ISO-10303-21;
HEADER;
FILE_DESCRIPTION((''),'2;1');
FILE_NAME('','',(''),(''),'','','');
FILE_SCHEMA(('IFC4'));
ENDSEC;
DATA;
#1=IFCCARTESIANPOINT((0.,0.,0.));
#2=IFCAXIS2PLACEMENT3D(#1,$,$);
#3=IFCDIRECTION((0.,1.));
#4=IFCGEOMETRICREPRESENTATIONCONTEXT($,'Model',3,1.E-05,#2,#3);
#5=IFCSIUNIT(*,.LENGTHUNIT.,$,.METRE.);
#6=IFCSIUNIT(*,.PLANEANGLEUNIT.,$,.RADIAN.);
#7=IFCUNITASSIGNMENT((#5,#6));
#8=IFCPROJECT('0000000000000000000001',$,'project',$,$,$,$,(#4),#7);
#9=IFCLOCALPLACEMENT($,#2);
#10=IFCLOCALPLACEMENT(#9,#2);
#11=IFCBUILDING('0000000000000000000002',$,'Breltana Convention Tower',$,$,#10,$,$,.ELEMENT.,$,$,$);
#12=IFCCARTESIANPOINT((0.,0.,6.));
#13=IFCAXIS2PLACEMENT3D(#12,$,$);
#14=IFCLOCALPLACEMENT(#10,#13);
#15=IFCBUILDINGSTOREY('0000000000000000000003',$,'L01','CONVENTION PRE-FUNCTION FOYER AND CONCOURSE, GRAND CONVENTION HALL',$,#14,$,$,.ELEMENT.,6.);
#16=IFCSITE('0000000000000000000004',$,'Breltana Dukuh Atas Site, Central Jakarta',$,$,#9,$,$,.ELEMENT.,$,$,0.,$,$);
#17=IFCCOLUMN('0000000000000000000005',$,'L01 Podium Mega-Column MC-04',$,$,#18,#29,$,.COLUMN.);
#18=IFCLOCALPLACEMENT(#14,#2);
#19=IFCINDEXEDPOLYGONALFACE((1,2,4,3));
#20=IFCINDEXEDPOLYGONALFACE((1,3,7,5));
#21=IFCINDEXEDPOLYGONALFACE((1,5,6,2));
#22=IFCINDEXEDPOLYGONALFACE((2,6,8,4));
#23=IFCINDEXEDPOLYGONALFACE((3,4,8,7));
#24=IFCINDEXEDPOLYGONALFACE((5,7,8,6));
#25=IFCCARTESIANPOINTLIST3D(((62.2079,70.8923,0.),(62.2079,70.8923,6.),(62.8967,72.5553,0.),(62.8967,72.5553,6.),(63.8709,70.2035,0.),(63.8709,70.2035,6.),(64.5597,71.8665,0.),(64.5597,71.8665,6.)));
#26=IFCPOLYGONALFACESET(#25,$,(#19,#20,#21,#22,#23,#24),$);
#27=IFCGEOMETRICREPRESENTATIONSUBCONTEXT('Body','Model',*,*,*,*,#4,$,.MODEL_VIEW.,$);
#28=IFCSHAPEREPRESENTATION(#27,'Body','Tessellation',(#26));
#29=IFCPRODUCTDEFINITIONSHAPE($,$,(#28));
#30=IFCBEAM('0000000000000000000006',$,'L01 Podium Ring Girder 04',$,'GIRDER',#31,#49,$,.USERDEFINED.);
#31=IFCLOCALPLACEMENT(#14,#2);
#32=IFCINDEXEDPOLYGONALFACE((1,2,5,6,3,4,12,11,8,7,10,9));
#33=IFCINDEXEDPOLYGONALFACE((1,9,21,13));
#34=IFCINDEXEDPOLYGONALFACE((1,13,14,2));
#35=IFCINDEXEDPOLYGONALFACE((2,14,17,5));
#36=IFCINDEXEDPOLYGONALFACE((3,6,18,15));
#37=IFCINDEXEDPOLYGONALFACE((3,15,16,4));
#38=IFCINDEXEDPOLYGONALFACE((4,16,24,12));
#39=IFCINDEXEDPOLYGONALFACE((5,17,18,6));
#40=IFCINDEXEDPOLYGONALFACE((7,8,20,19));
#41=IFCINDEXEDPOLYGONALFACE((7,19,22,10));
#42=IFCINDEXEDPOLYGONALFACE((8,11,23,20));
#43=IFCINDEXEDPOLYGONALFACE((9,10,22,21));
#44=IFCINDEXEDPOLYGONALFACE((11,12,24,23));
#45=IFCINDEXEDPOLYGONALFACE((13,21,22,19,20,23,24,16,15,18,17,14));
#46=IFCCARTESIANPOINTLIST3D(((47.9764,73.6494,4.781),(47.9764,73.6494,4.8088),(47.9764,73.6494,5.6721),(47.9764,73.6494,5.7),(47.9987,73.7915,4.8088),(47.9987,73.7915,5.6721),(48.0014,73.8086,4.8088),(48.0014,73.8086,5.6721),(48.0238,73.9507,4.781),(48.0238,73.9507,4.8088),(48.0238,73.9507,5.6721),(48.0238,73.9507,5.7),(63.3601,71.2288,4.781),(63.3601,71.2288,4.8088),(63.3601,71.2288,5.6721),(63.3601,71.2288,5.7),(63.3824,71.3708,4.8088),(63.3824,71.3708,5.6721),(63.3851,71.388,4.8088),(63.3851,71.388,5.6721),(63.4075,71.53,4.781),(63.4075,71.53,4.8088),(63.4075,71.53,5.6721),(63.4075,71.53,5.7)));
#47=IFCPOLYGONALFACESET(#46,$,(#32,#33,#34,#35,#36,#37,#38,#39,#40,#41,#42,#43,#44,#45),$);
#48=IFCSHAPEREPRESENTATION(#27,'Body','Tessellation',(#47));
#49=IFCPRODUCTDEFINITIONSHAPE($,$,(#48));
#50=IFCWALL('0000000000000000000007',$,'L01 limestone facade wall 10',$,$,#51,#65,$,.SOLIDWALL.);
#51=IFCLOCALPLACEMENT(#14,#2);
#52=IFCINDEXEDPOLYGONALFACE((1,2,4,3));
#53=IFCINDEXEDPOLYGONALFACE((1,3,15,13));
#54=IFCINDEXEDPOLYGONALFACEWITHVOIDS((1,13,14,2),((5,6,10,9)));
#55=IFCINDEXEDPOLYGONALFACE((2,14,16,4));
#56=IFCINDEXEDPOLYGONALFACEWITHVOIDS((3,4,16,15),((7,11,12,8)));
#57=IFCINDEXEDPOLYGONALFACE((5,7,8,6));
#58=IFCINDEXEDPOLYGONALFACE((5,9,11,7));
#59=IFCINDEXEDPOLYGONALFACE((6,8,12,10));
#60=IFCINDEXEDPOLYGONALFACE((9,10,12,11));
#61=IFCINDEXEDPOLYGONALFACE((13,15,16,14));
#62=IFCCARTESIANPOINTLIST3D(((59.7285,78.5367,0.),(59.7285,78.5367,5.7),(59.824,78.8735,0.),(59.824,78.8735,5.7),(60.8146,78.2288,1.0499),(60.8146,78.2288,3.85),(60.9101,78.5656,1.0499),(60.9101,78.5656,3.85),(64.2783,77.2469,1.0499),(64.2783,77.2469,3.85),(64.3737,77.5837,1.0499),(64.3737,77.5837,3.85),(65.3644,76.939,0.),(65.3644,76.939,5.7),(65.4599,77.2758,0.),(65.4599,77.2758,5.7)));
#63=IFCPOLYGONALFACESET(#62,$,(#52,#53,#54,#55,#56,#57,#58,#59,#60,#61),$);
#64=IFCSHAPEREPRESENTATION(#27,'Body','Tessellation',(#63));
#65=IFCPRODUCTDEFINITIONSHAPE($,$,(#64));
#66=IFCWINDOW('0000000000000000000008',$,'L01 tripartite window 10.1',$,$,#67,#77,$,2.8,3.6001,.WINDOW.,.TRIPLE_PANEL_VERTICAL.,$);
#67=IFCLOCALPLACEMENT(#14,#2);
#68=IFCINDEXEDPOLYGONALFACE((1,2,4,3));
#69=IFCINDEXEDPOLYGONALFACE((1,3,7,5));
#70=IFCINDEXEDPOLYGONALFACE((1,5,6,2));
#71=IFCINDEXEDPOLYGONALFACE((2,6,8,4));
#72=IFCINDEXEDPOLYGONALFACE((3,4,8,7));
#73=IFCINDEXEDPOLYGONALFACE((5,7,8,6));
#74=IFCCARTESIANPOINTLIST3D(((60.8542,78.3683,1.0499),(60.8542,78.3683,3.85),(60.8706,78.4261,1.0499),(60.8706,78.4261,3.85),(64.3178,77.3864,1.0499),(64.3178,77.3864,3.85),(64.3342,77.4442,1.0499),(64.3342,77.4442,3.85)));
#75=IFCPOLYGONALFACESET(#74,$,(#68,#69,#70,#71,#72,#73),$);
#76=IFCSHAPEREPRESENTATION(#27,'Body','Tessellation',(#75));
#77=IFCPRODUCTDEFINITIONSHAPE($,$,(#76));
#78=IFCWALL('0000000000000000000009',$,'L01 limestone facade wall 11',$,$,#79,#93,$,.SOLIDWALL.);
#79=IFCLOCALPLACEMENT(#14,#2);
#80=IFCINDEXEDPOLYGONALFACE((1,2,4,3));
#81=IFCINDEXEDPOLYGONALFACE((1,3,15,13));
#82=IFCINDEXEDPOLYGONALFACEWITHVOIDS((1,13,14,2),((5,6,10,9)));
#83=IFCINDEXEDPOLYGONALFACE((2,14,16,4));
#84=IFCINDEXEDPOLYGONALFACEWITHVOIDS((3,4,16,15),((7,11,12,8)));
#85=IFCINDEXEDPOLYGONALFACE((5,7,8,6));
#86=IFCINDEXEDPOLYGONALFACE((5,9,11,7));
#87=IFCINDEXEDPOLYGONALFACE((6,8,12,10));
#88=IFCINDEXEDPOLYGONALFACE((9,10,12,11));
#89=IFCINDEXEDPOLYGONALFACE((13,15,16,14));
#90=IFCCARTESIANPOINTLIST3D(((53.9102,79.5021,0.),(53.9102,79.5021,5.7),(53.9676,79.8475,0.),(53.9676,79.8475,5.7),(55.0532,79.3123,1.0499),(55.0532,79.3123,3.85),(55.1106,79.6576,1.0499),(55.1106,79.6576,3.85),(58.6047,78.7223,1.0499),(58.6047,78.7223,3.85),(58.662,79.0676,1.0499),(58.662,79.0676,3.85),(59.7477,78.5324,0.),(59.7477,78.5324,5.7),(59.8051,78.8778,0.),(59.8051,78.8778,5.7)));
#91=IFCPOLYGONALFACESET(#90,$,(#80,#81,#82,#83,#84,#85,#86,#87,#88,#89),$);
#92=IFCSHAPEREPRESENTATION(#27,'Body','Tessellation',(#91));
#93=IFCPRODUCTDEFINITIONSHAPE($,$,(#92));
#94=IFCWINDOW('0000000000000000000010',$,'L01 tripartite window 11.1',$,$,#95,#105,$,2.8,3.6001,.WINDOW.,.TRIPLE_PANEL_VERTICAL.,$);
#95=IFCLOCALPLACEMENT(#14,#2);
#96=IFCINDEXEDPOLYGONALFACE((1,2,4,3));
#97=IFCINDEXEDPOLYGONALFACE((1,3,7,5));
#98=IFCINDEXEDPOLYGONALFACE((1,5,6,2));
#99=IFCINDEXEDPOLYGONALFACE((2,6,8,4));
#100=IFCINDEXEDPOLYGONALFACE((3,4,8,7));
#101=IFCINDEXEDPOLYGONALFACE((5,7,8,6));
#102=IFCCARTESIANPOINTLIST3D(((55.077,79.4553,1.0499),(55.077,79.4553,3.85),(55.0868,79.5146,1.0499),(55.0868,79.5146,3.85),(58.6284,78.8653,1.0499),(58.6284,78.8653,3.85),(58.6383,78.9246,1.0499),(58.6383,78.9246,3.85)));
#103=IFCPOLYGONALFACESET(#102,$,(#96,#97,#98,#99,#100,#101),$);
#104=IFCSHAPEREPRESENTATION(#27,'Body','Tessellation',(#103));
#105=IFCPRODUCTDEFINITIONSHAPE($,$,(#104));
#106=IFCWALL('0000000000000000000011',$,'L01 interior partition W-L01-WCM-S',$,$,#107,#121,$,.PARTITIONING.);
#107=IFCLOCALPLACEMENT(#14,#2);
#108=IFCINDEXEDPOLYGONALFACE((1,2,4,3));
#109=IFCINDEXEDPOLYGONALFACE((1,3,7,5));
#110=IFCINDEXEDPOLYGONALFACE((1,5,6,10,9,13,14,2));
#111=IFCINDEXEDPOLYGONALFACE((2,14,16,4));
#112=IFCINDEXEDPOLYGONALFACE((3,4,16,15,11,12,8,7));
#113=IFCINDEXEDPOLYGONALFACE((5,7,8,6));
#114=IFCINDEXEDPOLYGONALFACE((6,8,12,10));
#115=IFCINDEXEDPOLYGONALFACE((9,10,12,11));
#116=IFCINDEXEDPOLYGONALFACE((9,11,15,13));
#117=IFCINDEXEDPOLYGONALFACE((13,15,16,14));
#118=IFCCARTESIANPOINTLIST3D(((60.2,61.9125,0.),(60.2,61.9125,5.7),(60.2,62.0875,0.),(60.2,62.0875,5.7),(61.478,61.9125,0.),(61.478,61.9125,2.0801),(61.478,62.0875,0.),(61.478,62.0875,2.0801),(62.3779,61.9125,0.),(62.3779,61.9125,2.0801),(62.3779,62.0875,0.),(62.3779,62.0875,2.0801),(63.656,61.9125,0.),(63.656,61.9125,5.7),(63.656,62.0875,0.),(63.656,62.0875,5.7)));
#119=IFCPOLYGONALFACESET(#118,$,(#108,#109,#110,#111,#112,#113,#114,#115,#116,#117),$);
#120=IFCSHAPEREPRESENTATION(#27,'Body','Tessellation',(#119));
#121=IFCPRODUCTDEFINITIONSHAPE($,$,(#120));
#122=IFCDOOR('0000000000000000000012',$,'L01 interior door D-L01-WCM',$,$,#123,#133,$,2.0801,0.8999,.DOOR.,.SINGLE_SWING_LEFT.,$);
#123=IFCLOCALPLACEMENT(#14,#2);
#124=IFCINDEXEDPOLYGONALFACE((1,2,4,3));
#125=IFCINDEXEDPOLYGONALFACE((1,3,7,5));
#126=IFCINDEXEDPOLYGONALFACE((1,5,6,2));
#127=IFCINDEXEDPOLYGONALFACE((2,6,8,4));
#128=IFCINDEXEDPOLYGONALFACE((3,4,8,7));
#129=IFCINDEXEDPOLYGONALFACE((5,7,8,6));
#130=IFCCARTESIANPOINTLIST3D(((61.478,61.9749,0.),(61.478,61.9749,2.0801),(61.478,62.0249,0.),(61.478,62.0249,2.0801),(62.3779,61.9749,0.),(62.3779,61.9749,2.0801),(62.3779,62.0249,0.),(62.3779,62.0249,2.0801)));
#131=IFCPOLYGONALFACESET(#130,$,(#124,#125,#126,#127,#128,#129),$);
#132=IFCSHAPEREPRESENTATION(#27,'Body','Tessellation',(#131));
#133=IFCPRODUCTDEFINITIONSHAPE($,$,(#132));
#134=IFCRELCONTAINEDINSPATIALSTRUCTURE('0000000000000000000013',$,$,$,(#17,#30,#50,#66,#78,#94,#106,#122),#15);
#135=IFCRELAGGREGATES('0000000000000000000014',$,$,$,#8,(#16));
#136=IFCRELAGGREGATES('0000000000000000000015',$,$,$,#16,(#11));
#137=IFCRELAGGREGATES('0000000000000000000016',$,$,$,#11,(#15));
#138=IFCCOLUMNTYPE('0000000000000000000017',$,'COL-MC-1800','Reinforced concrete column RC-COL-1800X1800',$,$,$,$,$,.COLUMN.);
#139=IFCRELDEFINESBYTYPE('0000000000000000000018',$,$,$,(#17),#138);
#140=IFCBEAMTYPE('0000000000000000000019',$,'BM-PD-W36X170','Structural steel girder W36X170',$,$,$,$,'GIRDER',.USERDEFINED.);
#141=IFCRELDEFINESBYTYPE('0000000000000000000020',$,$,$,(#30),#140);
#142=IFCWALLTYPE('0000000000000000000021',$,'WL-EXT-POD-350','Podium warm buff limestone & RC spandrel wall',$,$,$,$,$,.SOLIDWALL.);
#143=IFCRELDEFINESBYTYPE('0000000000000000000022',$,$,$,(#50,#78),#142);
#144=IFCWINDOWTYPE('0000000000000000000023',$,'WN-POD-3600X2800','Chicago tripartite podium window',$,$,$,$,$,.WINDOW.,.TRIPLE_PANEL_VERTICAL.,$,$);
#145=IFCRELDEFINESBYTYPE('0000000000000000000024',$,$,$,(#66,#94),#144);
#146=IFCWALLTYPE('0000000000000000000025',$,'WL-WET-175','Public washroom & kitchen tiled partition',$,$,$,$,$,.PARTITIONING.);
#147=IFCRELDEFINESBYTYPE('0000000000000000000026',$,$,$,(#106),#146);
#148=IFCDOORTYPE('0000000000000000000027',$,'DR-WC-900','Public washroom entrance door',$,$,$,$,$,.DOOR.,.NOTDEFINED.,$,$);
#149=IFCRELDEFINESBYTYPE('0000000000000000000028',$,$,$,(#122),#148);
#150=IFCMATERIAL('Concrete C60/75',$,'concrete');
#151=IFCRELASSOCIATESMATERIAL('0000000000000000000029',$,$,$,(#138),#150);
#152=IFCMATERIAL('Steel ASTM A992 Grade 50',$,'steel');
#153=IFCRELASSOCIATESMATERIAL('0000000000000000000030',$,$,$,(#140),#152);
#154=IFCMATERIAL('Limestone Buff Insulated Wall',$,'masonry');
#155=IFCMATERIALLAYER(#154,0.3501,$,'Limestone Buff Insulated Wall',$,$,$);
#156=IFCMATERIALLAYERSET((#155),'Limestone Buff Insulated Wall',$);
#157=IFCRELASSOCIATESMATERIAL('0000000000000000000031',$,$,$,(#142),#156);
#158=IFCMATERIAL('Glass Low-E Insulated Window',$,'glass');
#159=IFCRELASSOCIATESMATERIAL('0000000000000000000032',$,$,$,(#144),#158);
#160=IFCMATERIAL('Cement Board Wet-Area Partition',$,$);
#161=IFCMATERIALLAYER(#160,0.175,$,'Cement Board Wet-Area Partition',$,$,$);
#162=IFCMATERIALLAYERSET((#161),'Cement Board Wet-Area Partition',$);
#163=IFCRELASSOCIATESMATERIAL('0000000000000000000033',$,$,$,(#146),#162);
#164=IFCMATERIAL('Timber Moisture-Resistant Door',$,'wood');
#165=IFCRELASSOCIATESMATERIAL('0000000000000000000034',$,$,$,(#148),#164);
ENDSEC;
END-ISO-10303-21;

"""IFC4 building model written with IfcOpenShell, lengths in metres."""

from ifc_helpers import new_model, si_unit, direction, frame, frame_2d, origin, origin_2d, place, context, subcontext, project, spatial, rectangle, i_section, extrude, source, transform, mapped, material, layer, layer_set, material_profile, profile_set, type_object, type_shapes, element, fill, save


model = new_model("IFC4")

# Units and contexts
model_context = context("Model", 3, precision=1e-05, world=origin(), true_north=direction((0.0, 1.0)))
body_context = subcontext(model_context, "Body", "Model", "MODEL_VIEW")
ifc_project = project(units=[si_unit("LENGTHUNIT", "METRE"), si_unit("PLANEANGLEUNIT", "RADIAN")], contexts=[model_context])

# Site, building, storey
site_placement = place(None, origin())
site = spatial("IfcSite", under=ifc_project, at=site_placement, Name="Breltana Dukuh Atas Site, Central Jakarta", CompositionType="ELEMENT", RefElevation=0.0)
building_placement = place(site_placement, origin())
building = spatial("IfcBuilding", under=site, at=building_placement, Name="Breltana Convention Tower", CompositionType="ELEMENT")
storey_placement = place(building_placement, frame((0.0, 0.0, 6.0)))
storey = spatial("IfcBuildingStorey", under=building, at=storey_placement, Name="L01", Description="CONVENTION PRE-FUNCTION FOYER AND CONCOURSE, GRAND CONVENTION HALL", CompositionType="ELEMENT", Elevation=6.0)

# Column
ifc_material_1 = material(Name="Concrete C60/75", Category="concrete")
ifc_material_profile_1 = material_profile(ifc_material_1, rectangle(XDim=1.8, YDim=1.8, at=origin_2d()), Name="RC-COL-1800X1800")
ifc_profile_set_1 = profile_set([ifc_material_profile_1], Name="Concrete C60/75")
column_type = type_object("IfcColumnType", Name="COL-MC-1800", Description="Reinforced concrete column RC-COL-1800X1800", PredefinedType="COLUMN", material=ifc_profile_set_1)
shared_shape_1 = source(origin(), body_context, "Body", "SweptSolid", [
    extrude(rectangle(XDim=1.8, YDim=1.8, at=origin_2d()), origin(), (0.0, 0.0, 1.0), 6.0),
])
type_shapes(column_type, [shared_shape_1])
column_placement = place(storey_placement, frame((63.3838, 71.3794, 0.0), z_axis=(0.0, 0.0, 1.0), x_axis=(0.382683, 0.92388, 0.0)))
element("IfcColumn", 1, at=column_placement, inside=storey, type_object=column_type, Name="L01 Podium Mega-Column MC-04", PredefinedType="COLUMN", context=body_context, shape_type="MappedRepresentation", body=[
    mapped(shared_shape_1, transform((0.0, 0.0, 0.0), scale=1.0)),
])

# Beam
ifc_material_2 = material(Name="Steel ASTM A992 Grade 50", Category="steel")
ifc_material_profile_2 = material_profile(ifc_material_2, i_section(OverallWidth=0.3049, OverallDepth=0.9189, WebThickness=0.0173, FlangeThickness=0.0278, at=origin_2d()), Name="W36X170")
ifc_profile_set_2 = profile_set([ifc_material_profile_2], Name="Steel ASTM A992 Grade 50")
beam_type = type_object("IfcBeamType", Name="BM-PD-W36X170", Description="Structural steel girder W36X170", ElementType="GIRDER", PredefinedType="USERDEFINED", material=ifc_profile_set_2)
shared_shape_2 = source(origin(), body_context, "Body", "SweptSolid", [
    extrude(i_section(OverallWidth=0.3049, OverallDepth=0.9189, WebThickness=0.0173, FlangeThickness=0.0278, at=origin_2d()), origin(), (0.0, 0.0, 1.0), 15.573),
])
beam_placement = place(storey_placement, frame((63.3838, 71.3794, 5.2405), z_axis=(-0.987846, 0.155438, 0.0), x_axis=(-0.155438, -0.987846, 0.0)))
element("IfcBeam", 2, at=beam_placement, inside=storey, type_object=beam_type, Name="L01 Podium Ring Girder 04", ObjectType="GIRDER", PredefinedType="USERDEFINED", context=body_context, shape_type="MappedRepresentation", body=[
    mapped(shared_shape_2, transform((0.0, 0.0, 0.0), scale=1.0)),
])

# Walls, openings, windows
ifc_material_3 = material(Name="Limestone Buff Insulated Wall", Category="masonry")
ifc_layer_1 = layer(ifc_material_3, 0.3501, Name="Limestone Buff Insulated Wall")
ifc_layer_set_1 = layer_set([ifc_layer_1], Name="Limestone Buff Insulated Wall")
wall_type_1 = type_object("IfcWallType", Name="WL-EXT-POD-350", Description="Podium warm buff limestone & RC spandrel wall", PredefinedType="SOLIDWALL", material=ifc_layer_set_1)
shared_shape_3 = source(origin(), body_context, "Body", "SweptSolid", [
    extrude(rectangle(XDim=5.8579, YDim=0.3501, at=frame_2d((2.929, 0.0))), origin(), (0.0, 0.0, 1.0), 5.7),
])
wall_1_placement = place(storey_placement, frame((65.4121, 77.1074, 0.0), z_axis=(0.0, 0.0, 1.0), x_axis=(-0.962088, 0.272739, 0.0)))
wall_1 = element("IfcWall", 3, at=wall_1_placement, inside=storey, type_object=wall_type_1, Name="L01 limestone facade wall 10", PredefinedType="SOLIDWALL", context=body_context, shape_type="MappedRepresentation", body=[
    mapped(shared_shape_3, transform((0.0, 0.0, 0.0), scale=1.0)),
])
opening_1_placement = place(wall_1_placement, frame((1.1289, 0.0, 1.05)))
opening_1 = element("IfcOpeningElement", 4, at=opening_1_placement, cuts=wall_1, PredefinedType="OPENING", context=body_context, shape_type="SweptSolid", body=[
    extrude(rectangle(XDim=3.6001, YDim=2.8, at=frame_2d((1.8, 1.3999))), frame((0.0, 0.1851, 0.0), z_axis=(0.0, -1.0, 0.0), x_axis=(1.0, 0.0, 0.0)), (0.0, 0.0, 1.0), 0.3701),
])
ifc_material_4 = material(Name="Glass Low-E Insulated Window", Category="glass")
window_type = type_object("IfcWindowType", Name="WN-POD-3600X2800", Description="Chicago tripartite podium window", PartitioningType="TRIPLE_PANEL_VERTICAL", PredefinedType="WINDOW", material=ifc_material_4)
shared_shape_4 = source(origin(), body_context, "Body", "SweptSolid", [
    extrude(rectangle(XDim=3.6001, YDim=2.8, at=frame_2d((1.8, 1.3999))), frame((0.0, 0.03, 0.0), z_axis=(0.0, -1.0, 0.0), x_axis=(1.0, 0.0, 0.0)), (0.0, 0.0, 1.0), 0.0601),
])
type_shapes(window_type, [shared_shape_4])
window_1_placement = place(opening_1_placement, origin())
window_1 = element("IfcWindow", 5, at=window_1_placement, inside=storey, type_object=window_type, Name="L01 tripartite window 10.1", OverallHeight=2.8, OverallWidth=3.6001, PartitioningType="TRIPLE_PANEL_VERTICAL", PredefinedType="WINDOW", context=body_context, shape_type="MappedRepresentation", body=[
    mapped(shared_shape_4, transform((0.0, 0.0, 0.0), scale=1.0)),
])
fill(opening_1, window_1)
shared_shape_5 = source(origin(), body_context, "Body", "SweptSolid", [
    extrude(rectangle(XDim=5.9175, YDim=0.3501, at=frame_2d((2.9587, 0.0))), origin(), (0.0, 0.0, 1.0), 5.7),
])
wall_2_placement = place(storey_placement, frame((59.7764, 78.7051, 0.0), z_axis=(0.0, 0.0, 1.0), x_axis=(-0.986481, 0.163877, 0.0)))
wall_2 = element("IfcWall", 6, at=wall_2_placement, inside=storey, type_object=wall_type_1, Name="L01 limestone facade wall 11", PredefinedType="SOLIDWALL", context=body_context, shape_type="MappedRepresentation", body=[
    mapped(shared_shape_5, transform((0.0, 0.0, 0.0), scale=1.0)),
])
opening_2_placement = place(wall_2_placement, frame((1.1587, 0.0, 1.05)))
opening_2 = element("IfcOpeningElement", 7, at=opening_2_placement, cuts=wall_2, PredefinedType="OPENING", context=body_context, shape_type="SweptSolid", body=[
    extrude(rectangle(XDim=3.6001, YDim=2.8, at=frame_2d((1.8, 1.3999))), frame((0.0, 0.1851, 0.0), z_axis=(0.0, -1.0, 0.0), x_axis=(1.0, 0.0, 0.0)), (0.0, 0.0, 1.0), 0.3701),
])
window_2_placement = place(opening_2_placement, origin())
window_2 = element("IfcWindow", 8, at=window_2_placement, inside=storey, type_object=window_type, Name="L01 tripartite window 11.1", OverallHeight=2.8, OverallWidth=3.6001, PartitioningType="TRIPLE_PANEL_VERTICAL", PredefinedType="WINDOW", context=body_context, shape_type="MappedRepresentation", body=[
    mapped(shared_shape_4, transform((0.0, 0.0, 0.0), scale=1.0)),
])
fill(opening_2, window_2)

# Wall, opening, door
ifc_material_5 = material(Name="Cement Board Wet-Area Partition")
ifc_layer_2 = layer(ifc_material_5, 0.175, Name="Cement Board Wet-Area Partition")
ifc_layer_set_2 = layer_set([ifc_layer_2], Name="Cement Board Wet-Area Partition")
wall_type_2 = type_object("IfcWallType", Name="WL-WET-175", Description="Public washroom & kitchen tiled partition", PredefinedType="PARTITIONING", material=ifc_layer_set_2)
shared_shape_6 = source(origin(), body_context, "Body", "SweptSolid", [
    extrude(rectangle(XDim=3.4561, YDim=0.175, at=frame_2d((1.728, 0.0))), origin(), (0.0, 0.0, 1.0), 5.7),
])
wall_3_placement = place(storey_placement, frame((60.2, 62.0, 0.0), z_axis=(0.0, 0.0, 1.0), x_axis=(1.0, 0.0, 0.0)))
wall_3 = element("IfcWall", 9, at=wall_3_placement, inside=storey, type_object=wall_type_2, Name="L01 interior partition W-L01-WCM-S", PredefinedType="PARTITIONING", context=body_context, shape_type="MappedRepresentation", body=[
    mapped(shared_shape_6, transform((0.0, 0.0, 0.0), scale=1.0)),
])
opening_3_placement = place(wall_3_placement, frame((1.2781, 0.0, 0.0)))
opening_3 = element("IfcOpeningElement", 10, at=opening_3_placement, cuts=wall_3, PredefinedType="OPENING", context=body_context, shape_type="SweptSolid", body=[
    extrude(rectangle(XDim=0.8999, YDim=2.0801, at=frame_2d((0.45, 1.04))), frame((0.0, 0.0977, 0.0), z_axis=(0.0, -1.0, 0.0), x_axis=(1.0, 0.0, 0.0)), (0.0, 0.0, 1.0), 0.1951),
])
ifc_material_6 = material(Name="Timber Moisture-Resistant Door", Category="wood")
door_type_1 = type_object("IfcDoorType", Name="DR-WC-900", Description="Public washroom entrance door", OperationType="NOTDEFINED", PredefinedType="DOOR", material=ifc_material_6)
shared_shape_7 = source(origin(), body_context, "Body", "SweptSolid", [
    extrude(rectangle(XDim=0.8999, YDim=2.0801, at=frame_2d((0.45, 1.04))), frame((0.0, 0.0249, 0.0), z_axis=(0.0, -1.0, 0.0), x_axis=(1.0, 0.0, 0.0)), (0.0, 0.0, 1.0), 0.05),
])
type_shapes(door_type_1, [shared_shape_7])
door_1_placement = place(opening_3_placement, origin())
door_1 = element("IfcDoor", 11, at=door_1_placement, inside=storey, type_object=door_type_1, Name="L01 interior door D-L01-WCM", OperationType="SINGLE_SWING_LEFT", OverallHeight=2.0801, OverallWidth=0.8999, PredefinedType="DOOR", context=body_context, shape_type="MappedRepresentation", body=[
    mapped(shared_shape_7, transform((0.0, 0.0, 0.0), scale=1.0)),
])
fill(opening_3, door_1)

save(model, "model.ifc")
